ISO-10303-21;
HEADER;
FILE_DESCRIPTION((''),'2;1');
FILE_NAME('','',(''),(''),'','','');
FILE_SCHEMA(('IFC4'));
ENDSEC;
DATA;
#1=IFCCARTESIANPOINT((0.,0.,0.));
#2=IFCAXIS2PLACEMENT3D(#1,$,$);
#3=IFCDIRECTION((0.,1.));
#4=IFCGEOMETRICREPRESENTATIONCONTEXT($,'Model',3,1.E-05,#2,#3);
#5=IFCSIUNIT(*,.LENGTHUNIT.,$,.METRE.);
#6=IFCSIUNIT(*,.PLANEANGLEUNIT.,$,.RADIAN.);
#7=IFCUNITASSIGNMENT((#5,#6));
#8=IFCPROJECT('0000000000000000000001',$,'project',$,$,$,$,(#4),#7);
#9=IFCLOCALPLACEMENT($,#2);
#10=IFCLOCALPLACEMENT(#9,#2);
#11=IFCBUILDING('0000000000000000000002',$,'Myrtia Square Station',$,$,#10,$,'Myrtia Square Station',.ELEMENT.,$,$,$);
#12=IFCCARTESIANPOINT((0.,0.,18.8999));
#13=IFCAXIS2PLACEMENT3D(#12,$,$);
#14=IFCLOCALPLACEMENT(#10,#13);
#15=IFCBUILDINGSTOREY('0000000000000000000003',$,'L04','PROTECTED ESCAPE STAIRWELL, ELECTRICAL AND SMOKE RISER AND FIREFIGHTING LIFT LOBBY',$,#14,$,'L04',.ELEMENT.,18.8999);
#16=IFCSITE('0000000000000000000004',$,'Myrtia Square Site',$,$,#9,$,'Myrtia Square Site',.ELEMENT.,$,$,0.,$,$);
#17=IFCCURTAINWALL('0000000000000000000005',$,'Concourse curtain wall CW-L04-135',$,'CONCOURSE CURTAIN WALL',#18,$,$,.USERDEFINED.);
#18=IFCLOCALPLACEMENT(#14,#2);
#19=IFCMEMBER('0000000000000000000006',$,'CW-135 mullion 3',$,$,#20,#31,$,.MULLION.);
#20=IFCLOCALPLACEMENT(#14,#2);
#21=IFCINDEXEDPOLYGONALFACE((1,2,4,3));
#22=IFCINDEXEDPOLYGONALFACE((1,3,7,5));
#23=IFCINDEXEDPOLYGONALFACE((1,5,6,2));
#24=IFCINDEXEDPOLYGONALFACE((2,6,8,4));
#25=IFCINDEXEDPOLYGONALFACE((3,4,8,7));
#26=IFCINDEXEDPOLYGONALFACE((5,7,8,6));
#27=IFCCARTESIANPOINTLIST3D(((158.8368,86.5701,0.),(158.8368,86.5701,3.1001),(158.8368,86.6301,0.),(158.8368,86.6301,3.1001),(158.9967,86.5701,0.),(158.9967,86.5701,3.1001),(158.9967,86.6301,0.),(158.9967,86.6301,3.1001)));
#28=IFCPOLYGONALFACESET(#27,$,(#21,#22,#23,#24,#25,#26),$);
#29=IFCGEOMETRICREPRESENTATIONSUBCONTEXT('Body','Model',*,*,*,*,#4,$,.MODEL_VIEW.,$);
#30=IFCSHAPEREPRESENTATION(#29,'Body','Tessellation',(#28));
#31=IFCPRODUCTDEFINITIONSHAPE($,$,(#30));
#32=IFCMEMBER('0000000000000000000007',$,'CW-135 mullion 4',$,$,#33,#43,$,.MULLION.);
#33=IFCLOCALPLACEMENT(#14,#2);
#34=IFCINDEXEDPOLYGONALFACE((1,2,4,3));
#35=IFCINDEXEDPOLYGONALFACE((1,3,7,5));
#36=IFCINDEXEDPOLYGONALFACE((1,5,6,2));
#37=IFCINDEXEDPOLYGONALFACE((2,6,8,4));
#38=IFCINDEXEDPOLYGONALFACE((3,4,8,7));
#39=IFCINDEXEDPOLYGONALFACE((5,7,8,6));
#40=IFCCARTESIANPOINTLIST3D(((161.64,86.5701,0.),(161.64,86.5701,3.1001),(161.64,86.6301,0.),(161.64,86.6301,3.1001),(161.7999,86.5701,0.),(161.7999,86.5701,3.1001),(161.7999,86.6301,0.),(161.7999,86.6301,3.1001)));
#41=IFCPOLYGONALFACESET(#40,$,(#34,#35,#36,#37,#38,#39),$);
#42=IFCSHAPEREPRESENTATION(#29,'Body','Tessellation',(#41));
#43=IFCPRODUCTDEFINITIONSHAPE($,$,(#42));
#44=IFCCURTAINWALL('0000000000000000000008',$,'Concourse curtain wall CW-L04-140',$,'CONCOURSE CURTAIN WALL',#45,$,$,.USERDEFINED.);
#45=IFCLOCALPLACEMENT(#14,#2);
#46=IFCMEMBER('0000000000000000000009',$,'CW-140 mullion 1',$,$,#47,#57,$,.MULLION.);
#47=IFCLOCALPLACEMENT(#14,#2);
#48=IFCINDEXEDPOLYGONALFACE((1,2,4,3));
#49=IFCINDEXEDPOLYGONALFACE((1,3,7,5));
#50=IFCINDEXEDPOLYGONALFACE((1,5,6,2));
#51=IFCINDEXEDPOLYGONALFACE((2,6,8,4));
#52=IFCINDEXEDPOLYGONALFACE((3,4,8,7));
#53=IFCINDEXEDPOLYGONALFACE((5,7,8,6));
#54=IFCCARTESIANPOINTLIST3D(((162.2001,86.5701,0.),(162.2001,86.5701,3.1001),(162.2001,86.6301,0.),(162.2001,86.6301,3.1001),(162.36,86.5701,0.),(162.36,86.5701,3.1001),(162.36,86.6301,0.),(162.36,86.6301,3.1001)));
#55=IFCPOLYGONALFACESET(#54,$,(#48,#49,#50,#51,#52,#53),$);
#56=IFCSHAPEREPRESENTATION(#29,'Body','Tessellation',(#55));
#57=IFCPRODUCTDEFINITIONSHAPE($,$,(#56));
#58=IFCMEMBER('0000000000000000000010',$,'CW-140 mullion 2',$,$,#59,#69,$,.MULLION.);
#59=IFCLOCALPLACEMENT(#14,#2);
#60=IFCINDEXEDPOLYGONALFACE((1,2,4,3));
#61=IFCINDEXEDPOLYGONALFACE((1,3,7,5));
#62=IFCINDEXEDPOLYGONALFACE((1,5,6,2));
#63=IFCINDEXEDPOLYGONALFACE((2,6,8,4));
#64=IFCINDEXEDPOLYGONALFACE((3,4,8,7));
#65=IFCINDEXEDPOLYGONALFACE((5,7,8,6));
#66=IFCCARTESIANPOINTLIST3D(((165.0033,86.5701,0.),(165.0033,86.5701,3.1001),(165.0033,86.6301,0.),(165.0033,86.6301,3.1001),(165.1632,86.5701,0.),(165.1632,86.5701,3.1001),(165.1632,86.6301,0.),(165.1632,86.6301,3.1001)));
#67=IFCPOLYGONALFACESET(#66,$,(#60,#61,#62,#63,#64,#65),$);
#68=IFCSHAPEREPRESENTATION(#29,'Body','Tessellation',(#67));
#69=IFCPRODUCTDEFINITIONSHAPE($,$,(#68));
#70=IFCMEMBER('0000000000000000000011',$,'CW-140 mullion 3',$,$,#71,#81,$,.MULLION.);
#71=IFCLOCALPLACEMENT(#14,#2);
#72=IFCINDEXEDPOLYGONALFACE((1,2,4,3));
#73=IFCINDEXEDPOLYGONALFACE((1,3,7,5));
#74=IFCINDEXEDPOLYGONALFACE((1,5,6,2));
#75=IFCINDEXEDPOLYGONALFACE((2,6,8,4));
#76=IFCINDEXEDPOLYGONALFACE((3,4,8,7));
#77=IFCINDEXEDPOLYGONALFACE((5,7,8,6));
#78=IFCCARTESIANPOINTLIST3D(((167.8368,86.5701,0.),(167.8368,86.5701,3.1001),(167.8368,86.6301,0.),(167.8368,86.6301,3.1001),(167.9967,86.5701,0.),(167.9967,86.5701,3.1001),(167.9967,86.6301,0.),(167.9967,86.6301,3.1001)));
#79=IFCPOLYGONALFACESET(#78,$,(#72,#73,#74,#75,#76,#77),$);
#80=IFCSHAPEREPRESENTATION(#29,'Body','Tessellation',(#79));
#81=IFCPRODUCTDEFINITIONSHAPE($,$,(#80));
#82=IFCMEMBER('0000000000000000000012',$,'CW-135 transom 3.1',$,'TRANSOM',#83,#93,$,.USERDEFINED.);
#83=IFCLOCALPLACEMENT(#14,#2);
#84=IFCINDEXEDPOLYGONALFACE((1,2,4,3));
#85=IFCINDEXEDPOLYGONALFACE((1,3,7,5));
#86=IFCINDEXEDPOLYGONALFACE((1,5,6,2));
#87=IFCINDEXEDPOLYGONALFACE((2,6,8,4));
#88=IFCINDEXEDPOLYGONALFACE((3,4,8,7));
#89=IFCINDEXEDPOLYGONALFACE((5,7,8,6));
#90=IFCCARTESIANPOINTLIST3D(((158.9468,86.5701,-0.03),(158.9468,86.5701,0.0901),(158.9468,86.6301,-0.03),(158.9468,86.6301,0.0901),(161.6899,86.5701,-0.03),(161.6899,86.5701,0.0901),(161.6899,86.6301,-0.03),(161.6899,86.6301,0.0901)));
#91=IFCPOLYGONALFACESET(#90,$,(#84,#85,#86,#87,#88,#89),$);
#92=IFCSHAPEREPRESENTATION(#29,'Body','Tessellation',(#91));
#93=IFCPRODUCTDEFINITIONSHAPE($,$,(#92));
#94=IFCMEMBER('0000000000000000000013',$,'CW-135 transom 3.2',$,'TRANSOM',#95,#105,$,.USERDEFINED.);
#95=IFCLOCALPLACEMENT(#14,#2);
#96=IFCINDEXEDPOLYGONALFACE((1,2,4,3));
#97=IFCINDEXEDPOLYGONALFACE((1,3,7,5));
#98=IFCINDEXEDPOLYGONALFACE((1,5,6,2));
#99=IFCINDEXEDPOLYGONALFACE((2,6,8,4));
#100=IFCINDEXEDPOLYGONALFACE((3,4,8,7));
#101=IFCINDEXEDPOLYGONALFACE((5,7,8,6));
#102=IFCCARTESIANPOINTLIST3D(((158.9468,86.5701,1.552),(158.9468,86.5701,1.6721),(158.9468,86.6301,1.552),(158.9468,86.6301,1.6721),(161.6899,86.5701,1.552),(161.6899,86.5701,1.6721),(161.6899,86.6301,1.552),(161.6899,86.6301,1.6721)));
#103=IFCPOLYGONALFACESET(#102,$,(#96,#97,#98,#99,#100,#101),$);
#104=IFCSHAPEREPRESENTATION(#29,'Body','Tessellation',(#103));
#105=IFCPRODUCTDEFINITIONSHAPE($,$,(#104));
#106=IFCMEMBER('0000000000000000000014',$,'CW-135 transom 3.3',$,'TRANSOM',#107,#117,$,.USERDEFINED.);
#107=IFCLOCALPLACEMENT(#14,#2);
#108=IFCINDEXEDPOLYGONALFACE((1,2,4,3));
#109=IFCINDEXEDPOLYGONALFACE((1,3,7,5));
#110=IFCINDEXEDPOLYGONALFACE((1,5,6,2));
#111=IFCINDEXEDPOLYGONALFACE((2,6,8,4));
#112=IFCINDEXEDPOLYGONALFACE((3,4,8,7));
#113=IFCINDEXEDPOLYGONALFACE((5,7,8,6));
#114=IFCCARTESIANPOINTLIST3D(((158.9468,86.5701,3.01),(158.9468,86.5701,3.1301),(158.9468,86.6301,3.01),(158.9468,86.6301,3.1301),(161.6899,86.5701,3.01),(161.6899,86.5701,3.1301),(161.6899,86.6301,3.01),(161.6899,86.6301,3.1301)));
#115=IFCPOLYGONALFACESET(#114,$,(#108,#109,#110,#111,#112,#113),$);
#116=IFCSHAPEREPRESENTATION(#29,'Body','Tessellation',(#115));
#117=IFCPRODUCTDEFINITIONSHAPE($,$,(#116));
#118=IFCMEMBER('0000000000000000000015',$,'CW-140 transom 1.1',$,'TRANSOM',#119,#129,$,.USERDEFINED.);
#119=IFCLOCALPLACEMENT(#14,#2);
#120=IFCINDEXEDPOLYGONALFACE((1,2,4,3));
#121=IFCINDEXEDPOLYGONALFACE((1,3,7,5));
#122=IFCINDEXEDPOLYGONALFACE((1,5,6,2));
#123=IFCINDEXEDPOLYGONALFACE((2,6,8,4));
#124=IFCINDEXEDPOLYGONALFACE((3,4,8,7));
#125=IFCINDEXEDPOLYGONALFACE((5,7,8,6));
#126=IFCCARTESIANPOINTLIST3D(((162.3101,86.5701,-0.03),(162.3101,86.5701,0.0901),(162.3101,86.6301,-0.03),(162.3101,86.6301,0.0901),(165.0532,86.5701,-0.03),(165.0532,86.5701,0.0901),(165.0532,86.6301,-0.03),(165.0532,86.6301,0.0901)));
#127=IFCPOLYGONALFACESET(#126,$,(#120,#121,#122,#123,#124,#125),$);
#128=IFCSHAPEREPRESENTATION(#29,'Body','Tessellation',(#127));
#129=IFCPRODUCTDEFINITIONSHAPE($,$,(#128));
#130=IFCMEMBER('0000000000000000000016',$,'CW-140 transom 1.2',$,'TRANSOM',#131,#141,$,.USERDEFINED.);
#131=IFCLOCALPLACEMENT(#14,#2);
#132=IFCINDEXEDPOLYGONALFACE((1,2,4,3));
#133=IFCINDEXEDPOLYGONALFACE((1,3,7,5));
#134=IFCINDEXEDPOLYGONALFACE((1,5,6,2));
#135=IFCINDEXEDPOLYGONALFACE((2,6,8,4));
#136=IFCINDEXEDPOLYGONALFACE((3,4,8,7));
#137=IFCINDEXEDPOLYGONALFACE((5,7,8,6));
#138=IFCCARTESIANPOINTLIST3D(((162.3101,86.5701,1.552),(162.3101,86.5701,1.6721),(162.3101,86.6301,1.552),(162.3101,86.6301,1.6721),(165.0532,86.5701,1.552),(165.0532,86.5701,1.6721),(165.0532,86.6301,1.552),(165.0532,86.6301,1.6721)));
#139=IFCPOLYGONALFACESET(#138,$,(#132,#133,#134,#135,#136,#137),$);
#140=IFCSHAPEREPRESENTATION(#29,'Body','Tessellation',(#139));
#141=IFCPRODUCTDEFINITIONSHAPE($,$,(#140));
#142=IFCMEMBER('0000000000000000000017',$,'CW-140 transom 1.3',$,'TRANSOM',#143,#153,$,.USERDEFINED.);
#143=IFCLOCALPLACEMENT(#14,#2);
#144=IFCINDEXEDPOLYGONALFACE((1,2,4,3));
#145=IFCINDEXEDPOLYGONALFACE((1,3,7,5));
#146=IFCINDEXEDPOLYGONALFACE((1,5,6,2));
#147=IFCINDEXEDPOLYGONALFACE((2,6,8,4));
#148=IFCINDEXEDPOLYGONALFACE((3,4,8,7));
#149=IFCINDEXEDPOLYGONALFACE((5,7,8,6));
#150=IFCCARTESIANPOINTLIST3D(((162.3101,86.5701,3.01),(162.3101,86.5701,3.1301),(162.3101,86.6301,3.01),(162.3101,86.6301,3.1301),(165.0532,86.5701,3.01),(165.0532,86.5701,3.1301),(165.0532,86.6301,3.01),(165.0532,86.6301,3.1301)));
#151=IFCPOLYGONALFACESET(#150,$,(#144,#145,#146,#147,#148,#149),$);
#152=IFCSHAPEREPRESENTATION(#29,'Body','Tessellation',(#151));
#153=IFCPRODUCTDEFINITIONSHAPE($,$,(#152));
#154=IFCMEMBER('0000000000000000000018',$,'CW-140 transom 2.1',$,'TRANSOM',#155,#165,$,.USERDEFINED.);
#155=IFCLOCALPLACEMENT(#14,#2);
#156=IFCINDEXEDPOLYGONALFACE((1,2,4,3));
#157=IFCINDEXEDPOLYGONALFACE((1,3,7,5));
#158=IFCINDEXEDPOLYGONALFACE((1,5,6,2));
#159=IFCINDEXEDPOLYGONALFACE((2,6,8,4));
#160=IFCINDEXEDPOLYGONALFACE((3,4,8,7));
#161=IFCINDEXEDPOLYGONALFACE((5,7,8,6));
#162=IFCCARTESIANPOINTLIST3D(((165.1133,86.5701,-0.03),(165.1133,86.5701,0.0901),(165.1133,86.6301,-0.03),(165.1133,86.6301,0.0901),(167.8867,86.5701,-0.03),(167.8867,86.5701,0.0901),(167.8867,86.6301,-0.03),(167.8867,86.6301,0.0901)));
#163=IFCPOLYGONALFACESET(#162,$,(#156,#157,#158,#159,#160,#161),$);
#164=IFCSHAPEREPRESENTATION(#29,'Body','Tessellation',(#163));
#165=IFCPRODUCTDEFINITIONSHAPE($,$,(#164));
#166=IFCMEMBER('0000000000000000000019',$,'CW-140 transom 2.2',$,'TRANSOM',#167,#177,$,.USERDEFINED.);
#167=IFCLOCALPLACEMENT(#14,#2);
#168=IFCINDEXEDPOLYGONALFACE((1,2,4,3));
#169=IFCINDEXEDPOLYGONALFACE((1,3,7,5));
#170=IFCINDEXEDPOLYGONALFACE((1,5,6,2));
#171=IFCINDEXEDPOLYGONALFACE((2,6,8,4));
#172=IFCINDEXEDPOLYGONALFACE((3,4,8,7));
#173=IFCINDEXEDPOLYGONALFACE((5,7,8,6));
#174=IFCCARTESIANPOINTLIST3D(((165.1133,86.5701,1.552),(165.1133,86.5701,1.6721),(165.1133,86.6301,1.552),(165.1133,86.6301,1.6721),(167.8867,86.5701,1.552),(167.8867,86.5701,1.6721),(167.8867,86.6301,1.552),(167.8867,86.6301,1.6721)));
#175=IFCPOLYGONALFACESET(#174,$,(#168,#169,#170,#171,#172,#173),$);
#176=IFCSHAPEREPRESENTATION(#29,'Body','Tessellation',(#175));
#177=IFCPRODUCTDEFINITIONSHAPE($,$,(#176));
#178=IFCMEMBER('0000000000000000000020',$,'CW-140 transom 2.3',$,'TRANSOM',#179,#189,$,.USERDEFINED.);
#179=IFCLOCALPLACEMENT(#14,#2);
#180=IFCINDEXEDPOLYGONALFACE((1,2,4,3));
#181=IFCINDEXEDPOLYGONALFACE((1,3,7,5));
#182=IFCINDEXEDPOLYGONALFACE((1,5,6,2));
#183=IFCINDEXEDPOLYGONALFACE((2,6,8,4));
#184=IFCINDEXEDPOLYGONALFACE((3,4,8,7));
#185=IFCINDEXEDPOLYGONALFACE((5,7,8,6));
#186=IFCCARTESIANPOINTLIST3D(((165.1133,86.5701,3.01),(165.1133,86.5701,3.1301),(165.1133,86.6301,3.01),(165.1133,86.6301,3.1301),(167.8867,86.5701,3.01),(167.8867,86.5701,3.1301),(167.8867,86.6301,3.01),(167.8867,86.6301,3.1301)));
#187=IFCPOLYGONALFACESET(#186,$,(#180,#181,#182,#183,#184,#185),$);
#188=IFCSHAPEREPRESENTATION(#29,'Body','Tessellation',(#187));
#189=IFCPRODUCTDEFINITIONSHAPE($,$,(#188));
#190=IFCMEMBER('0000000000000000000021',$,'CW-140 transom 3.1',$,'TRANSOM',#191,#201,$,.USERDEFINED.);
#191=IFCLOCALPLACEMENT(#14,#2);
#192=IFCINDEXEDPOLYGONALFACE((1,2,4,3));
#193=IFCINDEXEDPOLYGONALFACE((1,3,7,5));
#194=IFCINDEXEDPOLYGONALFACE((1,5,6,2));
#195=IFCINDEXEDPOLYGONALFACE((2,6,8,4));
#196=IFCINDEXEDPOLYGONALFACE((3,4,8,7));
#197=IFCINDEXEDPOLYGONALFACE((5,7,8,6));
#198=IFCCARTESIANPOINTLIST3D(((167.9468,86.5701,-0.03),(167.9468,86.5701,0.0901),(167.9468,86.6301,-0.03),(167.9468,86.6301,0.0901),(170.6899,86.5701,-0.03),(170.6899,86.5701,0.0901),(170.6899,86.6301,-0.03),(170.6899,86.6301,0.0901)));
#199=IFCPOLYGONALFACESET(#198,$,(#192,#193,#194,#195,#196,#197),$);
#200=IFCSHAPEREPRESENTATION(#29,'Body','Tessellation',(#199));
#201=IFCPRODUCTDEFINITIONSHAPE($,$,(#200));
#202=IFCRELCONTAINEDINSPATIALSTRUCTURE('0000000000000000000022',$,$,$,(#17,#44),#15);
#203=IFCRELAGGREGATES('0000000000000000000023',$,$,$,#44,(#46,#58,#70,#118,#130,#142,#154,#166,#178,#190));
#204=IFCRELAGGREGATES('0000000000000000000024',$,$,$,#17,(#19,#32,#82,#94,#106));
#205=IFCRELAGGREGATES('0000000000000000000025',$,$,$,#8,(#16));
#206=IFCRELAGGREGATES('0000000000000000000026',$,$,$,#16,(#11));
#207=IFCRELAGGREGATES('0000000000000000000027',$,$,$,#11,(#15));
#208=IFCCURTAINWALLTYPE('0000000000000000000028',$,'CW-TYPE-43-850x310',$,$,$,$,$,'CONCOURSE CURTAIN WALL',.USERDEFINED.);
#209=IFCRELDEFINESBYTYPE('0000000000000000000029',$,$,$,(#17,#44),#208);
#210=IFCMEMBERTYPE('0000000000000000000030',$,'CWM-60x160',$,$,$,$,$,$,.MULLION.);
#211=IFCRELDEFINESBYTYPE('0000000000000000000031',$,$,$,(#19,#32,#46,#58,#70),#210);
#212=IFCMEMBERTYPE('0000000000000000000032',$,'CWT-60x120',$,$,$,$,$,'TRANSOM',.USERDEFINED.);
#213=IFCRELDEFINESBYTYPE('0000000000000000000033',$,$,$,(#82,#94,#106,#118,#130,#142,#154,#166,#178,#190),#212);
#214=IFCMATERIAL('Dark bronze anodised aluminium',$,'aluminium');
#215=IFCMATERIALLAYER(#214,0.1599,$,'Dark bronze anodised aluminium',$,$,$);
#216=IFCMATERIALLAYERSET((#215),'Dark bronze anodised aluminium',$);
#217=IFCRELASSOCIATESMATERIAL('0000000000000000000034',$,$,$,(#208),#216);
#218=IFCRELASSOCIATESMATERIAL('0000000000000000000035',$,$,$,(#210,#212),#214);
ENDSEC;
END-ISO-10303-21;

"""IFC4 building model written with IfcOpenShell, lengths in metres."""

from ifc_helpers import new_model, si_unit, direction, frame, origin, origin_2d, place, context, subcontext, project, spatial, rectangle, extrude, material, layer, layer_set, material_profile, profile_set, type_object, element, aggregate, save


model = new_model("IFC4")

# Units and contexts
model_context = context("Model", 3, precision=1e-05, world=origin(), true_north=direction((0.0, 1.0)))
body_context = subcontext(model_context, "Body", "Model", "MODEL_VIEW")
ifc_project = project(units=[si_unit("LENGTHUNIT", "METRE"), si_unit("PLANEANGLEUNIT", "RADIAN")], contexts=[model_context])

# Site, building, storey
site_placement = place(None, origin())
site = spatial("IfcSite", under=ifc_project, at=site_placement, Name="Myrtia Square Site", LongName="Myrtia Square Site", CompositionType="ELEMENT", RefElevation=0.0)
building_placement = place(site_placement, origin())
building = spatial("IfcBuilding", under=site, at=building_placement, Name="Myrtia Square Station", LongName="Myrtia Square Station", CompositionType="ELEMENT")
storey_placement = place(building_placement, frame((0.0, 0.0, 18.8999)))
storey = spatial("IfcBuildingStorey", under=building, at=storey_placement, Name="L04", Description="PROTECTED ESCAPE STAIRWELL, ELECTRICAL AND SMOKE RISER AND FIREFIGHTING LIFT LOBBY", LongName="L04", CompositionType="ELEMENT", Elevation=18.8999)

# Curtain walls, members
ifc_material_1 = material(Name="Dark bronze anodised aluminium", Category="aluminium")
ifc_layer_1 = layer(ifc_material_1, 0.1599, Name="Dark bronze anodised aluminium")
ifc_layer_set_1 = layer_set([ifc_layer_1], Name="Dark bronze anodised aluminium")
curtain_wall_type = type_object("IfcCurtainWallType", Name="CW-TYPE-43-850x310", ElementType="CONCOURSE CURTAIN WALL", PredefinedType="USERDEFINED", material=ifc_layer_set_1)
curtain_wall_1_placement = place(storey_placement, origin())
curtain_wall_1 = element("IfcCurtainWall", 1, at=curtain_wall_1_placement, inside=storey, type_object=curtain_wall_type, Name="Concourse curtain wall CW-L04-135", ObjectType="CONCOURSE CURTAIN WALL", PredefinedType="USERDEFINED")
ifc_material_profile_1 = material_profile(ifc_material_1, rectangle(XDim=0.0601, YDim=0.1599, at=origin_2d()), Name="ALU-M 60x160")
ifc_profile_set_1 = profile_set([ifc_material_profile_1], Name="Dark bronze anodised aluminium")
member_type_1 = type_object("IfcMemberType", Name="CWM-60x160", PredefinedType="MULLION", material=ifc_profile_set_1)
member_1_placement = place(storey_placement, frame((158.9167, 86.6001, 0.0), z_axis=(0.0, 0.0, 1.0), x_axis=(0.0, 1.0, 0.0)))
member_1 = element("IfcMember", 2, at=member_1_placement, type_object=member_type_1, Name="CW-135 mullion 3", PredefinedType="MULLION", context=body_context, shape_type="SweptSolid", body=[
    extrude(rectangle(XDim=0.0601, YDim=0.1599, at=origin_2d()), origin(), (0.0, 0.0, 1.0), 3.1001),
])
member_2_placement = place(storey_placement, frame((161.72, 86.6001, 0.0), z_axis=(0.0, 0.0, 1.0), x_axis=(0.0, 1.0, 0.0)))
member_2 = element("IfcMember", 3, at=member_2_placement, type_object=member_type_1, Name="CW-135 mullion 4", PredefinedType="MULLION", context=body_context, shape_type="SweptSolid", body=[
    extrude(rectangle(XDim=0.0601, YDim=0.1599, at=origin_2d()), origin(), (0.0, 0.0, 1.0), 3.1001),
])
curtain_wall_2_placement = place(storey_placement, origin())
curtain_wall_2 = element("IfcCurtainWall", 4, at=curtain_wall_2_placement, inside=storey, type_object=curtain_wall_type, Name="Concourse curtain wall CW-L04-140", ObjectType="CONCOURSE CURTAIN WALL", PredefinedType="USERDEFINED")
member_3_placement = place(storey_placement, frame((162.28, 86.6001, 0.0), z_axis=(0.0, 0.0, 1.0), x_axis=(0.0, 1.0, 0.0)))
member_3 = element("IfcMember", 5, at=member_3_placement, type_object=member_type_1, Name="CW-140 mullion 1", PredefinedType="MULLION", context=body_context, shape_type="SweptSolid", body=[
    extrude(rectangle(XDim=0.0601, YDim=0.1599, at=origin_2d()), origin(), (0.0, 0.0, 1.0), 3.1001),
])
member_4_placement = place(storey_placement, frame((165.0833, 86.6001, 0.0), z_axis=(0.0, 0.0, 1.0), x_axis=(0.0, 1.0, 0.0)))
member_4 = element("IfcMember", 6, at=member_4_placement, type_object=member_type_1, Name="CW-140 mullion 2", PredefinedType="MULLION", context=body_context, shape_type="SweptSolid", body=[
    extrude(rectangle(XDim=0.0601, YDim=0.1599, at=origin_2d()), origin(), (0.0, 0.0, 1.0), 3.1001),
])
member_5_placement = place(storey_placement, frame((167.9167, 86.6001, 0.0), z_axis=(0.0, 0.0, 1.0), x_axis=(0.0, 1.0, 0.0)))
member_5 = element("IfcMember", 7, at=member_5_placement, type_object=member_type_1, Name="CW-140 mullion 3", PredefinedType="MULLION", context=body_context, shape_type="SweptSolid", body=[
    extrude(rectangle(XDim=0.0601, YDim=0.1599, at=origin_2d()), origin(), (0.0, 0.0, 1.0), 3.1001),
])

# Members
ifc_material_profile_2 = material_profile(ifc_material_1, rectangle(XDim=0.0601, YDim=0.1201, at=origin_2d()), Name="ALU-T 60x120")
ifc_profile_set_2 = profile_set([ifc_material_profile_2], Name="Dark bronze anodised aluminium")
member_type_2 = type_object("IfcMemberType", Name="CWT-60x120", ElementType="TRANSOM", PredefinedType="USERDEFINED", material=ifc_profile_set_2)
member_6_placement = place(storey_placement, frame((158.9468, 86.6001, 0.03), z_axis=(1.0, 0.0, 0.0), x_axis=(0.0, 1.0, 0.0)))
member_6 = element("IfcMember", 8, at=member_6_placement, type_object=member_type_2, Name="CW-135 transom 3.1", ObjectType="TRANSOM", PredefinedType="USERDEFINED", context=body_context, shape_type="SweptSolid", body=[
    extrude(rectangle(XDim=0.0601, YDim=0.1201, at=origin_2d()), origin(), (0.0, 0.0, 1.0), 2.7432),
])
member_7_placement = place(storey_placement, frame((158.9468, 86.6001, 1.6121), z_axis=(1.0, 0.0, 0.0), x_axis=(0.0, 1.0, 0.0)))
member_7 = element("IfcMember", 9, at=member_7_placement, type_object=member_type_2, Name="CW-135 transom 3.2", ObjectType="TRANSOM", PredefinedType="USERDEFINED", context=body_context, shape_type="SweptSolid", body=[
    extrude(rectangle(XDim=0.0601, YDim=0.1201, at=origin_2d()), origin(), (0.0, 0.0, 1.0), 2.7432),
])
member_8_placement = place(storey_placement, frame((158.9468, 86.6001, 3.0701), z_axis=(1.0, 0.0, 0.0), x_axis=(0.0, 1.0, 0.0)))
member_8 = element("IfcMember", 10, at=member_8_placement, type_object=member_type_2, Name="CW-135 transom 3.3", ObjectType="TRANSOM", PredefinedType="USERDEFINED", context=body_context, shape_type="SweptSolid", body=[
    extrude(rectangle(XDim=0.0601, YDim=0.1201, at=origin_2d()), origin(), (0.0, 0.0, 1.0), 2.7432),
])
member_9_placement = place(storey_placement, frame((162.3101, 86.6001, 0.03), z_axis=(1.0, 0.0, 0.0), x_axis=(0.0, 1.0, 0.0)))
member_9 = element("IfcMember", 11, at=member_9_placement, type_object=member_type_2, Name="CW-140 transom 1.1", ObjectType="TRANSOM", PredefinedType="USERDEFINED", context=body_context, shape_type="SweptSolid", body=[
    extrude(rectangle(XDim=0.0601, YDim=0.1201, at=origin_2d()), origin(), (0.0, 0.0, 1.0), 2.7432),
])
member_10_placement = place(storey_placement, frame((162.3101, 86.6001, 1.6121), z_axis=(1.0, 0.0, 0.0), x_axis=(0.0, 1.0, 0.0)))
member_10 = element("IfcMember", 12, at=member_10_placement, type_object=member_type_2, Name="CW-140 transom 1.2", ObjectType="TRANSOM", PredefinedType="USERDEFINED", context=body_context, shape_type="SweptSolid", body=[
    extrude(rectangle(XDim=0.0601, YDim=0.1201, at=origin_2d()), origin(), (0.0, 0.0, 1.0), 2.7432),
])
member_11_placement = place(storey_placement, frame((162.3101, 86.6001, 3.0701), z_axis=(1.0, 0.0, 0.0), x_axis=(0.0, 1.0, 0.0)))
member_11 = element("IfcMember", 13, at=member_11_placement, type_object=member_type_2, Name="CW-140 transom 1.3", ObjectType="TRANSOM", PredefinedType="USERDEFINED", context=body_context, shape_type="SweptSolid", body=[
    extrude(rectangle(XDim=0.0601, YDim=0.1201, at=origin_2d()), origin(), (0.0, 0.0, 1.0), 2.7432),
])
member_12_placement = place(storey_placement, frame((165.1133, 86.6001, 0.03), z_axis=(1.0, 0.0, 0.0), x_axis=(0.0, 1.0, 0.0)))
member_12 = element("IfcMember", 14, at=member_12_placement, type_object=member_type_2, Name="CW-140 transom 2.1", ObjectType="TRANSOM", PredefinedType="USERDEFINED", context=body_context, shape_type="SweptSolid", body=[
    extrude(rectangle(XDim=0.0601, YDim=0.1201, at=origin_2d()), origin(), (0.0, 0.0, 1.0), 2.7734),
])
member_13_placement = place(storey_placement, frame((165.1133, 86.6001, 1.6121), z_axis=(1.0, 0.0, 0.0), x_axis=(0.0, 1.0, 0.0)))
member_13 = element("IfcMember", 15, at=member_13_placement, type_object=member_type_2, Name="CW-140 transom 2.2", ObjectType="TRANSOM", PredefinedType="USERDEFINED", context=body_context, shape_type="SweptSolid", body=[
    extrude(rectangle(XDim=0.0601, YDim=0.1201, at=origin_2d()), origin(), (0.0, 0.0, 1.0), 2.7734),
])
member_14_placement = place(storey_placement, frame((165.1133, 86.6001, 3.0701), z_axis=(1.0, 0.0, 0.0), x_axis=(0.0, 1.0, 0.0)))
member_14 = element("IfcMember", 16, at=member_14_placement, type_object=member_type_2, Name="CW-140 transom 2.3", ObjectType="TRANSOM", PredefinedType="USERDEFINED", context=body_context, shape_type="SweptSolid", body=[
    extrude(rectangle(XDim=0.0601, YDim=0.1201, at=origin_2d()), origin(), (0.0, 0.0, 1.0), 2.7734),
])
member_15_placement = place(storey_placement, frame((167.9468, 86.6001, 0.03), z_axis=(1.0, 0.0, 0.0), x_axis=(0.0, 1.0, 0.0)))
member_15 = element("IfcMember", 17, at=member_15_placement, type_object=member_type_2, Name="CW-140 transom 3.1", ObjectType="TRANSOM", PredefinedType="USERDEFINED", context=body_context, shape_type="SweptSolid", body=[
    extrude(rectangle(XDim=0.0601, YDim=0.1201, at=origin_2d()), origin(), (0.0, 0.0, 1.0), 2.7432),
])

aggregate(curtain_wall_2, [member_3, member_4, member_5, member_9, member_10, member_11, member_12, member_13, member_14, member_15])
aggregate(curtain_wall_1, [member_1, member_2, member_6, member_7, member_8])

save(model, "model.ifc")
